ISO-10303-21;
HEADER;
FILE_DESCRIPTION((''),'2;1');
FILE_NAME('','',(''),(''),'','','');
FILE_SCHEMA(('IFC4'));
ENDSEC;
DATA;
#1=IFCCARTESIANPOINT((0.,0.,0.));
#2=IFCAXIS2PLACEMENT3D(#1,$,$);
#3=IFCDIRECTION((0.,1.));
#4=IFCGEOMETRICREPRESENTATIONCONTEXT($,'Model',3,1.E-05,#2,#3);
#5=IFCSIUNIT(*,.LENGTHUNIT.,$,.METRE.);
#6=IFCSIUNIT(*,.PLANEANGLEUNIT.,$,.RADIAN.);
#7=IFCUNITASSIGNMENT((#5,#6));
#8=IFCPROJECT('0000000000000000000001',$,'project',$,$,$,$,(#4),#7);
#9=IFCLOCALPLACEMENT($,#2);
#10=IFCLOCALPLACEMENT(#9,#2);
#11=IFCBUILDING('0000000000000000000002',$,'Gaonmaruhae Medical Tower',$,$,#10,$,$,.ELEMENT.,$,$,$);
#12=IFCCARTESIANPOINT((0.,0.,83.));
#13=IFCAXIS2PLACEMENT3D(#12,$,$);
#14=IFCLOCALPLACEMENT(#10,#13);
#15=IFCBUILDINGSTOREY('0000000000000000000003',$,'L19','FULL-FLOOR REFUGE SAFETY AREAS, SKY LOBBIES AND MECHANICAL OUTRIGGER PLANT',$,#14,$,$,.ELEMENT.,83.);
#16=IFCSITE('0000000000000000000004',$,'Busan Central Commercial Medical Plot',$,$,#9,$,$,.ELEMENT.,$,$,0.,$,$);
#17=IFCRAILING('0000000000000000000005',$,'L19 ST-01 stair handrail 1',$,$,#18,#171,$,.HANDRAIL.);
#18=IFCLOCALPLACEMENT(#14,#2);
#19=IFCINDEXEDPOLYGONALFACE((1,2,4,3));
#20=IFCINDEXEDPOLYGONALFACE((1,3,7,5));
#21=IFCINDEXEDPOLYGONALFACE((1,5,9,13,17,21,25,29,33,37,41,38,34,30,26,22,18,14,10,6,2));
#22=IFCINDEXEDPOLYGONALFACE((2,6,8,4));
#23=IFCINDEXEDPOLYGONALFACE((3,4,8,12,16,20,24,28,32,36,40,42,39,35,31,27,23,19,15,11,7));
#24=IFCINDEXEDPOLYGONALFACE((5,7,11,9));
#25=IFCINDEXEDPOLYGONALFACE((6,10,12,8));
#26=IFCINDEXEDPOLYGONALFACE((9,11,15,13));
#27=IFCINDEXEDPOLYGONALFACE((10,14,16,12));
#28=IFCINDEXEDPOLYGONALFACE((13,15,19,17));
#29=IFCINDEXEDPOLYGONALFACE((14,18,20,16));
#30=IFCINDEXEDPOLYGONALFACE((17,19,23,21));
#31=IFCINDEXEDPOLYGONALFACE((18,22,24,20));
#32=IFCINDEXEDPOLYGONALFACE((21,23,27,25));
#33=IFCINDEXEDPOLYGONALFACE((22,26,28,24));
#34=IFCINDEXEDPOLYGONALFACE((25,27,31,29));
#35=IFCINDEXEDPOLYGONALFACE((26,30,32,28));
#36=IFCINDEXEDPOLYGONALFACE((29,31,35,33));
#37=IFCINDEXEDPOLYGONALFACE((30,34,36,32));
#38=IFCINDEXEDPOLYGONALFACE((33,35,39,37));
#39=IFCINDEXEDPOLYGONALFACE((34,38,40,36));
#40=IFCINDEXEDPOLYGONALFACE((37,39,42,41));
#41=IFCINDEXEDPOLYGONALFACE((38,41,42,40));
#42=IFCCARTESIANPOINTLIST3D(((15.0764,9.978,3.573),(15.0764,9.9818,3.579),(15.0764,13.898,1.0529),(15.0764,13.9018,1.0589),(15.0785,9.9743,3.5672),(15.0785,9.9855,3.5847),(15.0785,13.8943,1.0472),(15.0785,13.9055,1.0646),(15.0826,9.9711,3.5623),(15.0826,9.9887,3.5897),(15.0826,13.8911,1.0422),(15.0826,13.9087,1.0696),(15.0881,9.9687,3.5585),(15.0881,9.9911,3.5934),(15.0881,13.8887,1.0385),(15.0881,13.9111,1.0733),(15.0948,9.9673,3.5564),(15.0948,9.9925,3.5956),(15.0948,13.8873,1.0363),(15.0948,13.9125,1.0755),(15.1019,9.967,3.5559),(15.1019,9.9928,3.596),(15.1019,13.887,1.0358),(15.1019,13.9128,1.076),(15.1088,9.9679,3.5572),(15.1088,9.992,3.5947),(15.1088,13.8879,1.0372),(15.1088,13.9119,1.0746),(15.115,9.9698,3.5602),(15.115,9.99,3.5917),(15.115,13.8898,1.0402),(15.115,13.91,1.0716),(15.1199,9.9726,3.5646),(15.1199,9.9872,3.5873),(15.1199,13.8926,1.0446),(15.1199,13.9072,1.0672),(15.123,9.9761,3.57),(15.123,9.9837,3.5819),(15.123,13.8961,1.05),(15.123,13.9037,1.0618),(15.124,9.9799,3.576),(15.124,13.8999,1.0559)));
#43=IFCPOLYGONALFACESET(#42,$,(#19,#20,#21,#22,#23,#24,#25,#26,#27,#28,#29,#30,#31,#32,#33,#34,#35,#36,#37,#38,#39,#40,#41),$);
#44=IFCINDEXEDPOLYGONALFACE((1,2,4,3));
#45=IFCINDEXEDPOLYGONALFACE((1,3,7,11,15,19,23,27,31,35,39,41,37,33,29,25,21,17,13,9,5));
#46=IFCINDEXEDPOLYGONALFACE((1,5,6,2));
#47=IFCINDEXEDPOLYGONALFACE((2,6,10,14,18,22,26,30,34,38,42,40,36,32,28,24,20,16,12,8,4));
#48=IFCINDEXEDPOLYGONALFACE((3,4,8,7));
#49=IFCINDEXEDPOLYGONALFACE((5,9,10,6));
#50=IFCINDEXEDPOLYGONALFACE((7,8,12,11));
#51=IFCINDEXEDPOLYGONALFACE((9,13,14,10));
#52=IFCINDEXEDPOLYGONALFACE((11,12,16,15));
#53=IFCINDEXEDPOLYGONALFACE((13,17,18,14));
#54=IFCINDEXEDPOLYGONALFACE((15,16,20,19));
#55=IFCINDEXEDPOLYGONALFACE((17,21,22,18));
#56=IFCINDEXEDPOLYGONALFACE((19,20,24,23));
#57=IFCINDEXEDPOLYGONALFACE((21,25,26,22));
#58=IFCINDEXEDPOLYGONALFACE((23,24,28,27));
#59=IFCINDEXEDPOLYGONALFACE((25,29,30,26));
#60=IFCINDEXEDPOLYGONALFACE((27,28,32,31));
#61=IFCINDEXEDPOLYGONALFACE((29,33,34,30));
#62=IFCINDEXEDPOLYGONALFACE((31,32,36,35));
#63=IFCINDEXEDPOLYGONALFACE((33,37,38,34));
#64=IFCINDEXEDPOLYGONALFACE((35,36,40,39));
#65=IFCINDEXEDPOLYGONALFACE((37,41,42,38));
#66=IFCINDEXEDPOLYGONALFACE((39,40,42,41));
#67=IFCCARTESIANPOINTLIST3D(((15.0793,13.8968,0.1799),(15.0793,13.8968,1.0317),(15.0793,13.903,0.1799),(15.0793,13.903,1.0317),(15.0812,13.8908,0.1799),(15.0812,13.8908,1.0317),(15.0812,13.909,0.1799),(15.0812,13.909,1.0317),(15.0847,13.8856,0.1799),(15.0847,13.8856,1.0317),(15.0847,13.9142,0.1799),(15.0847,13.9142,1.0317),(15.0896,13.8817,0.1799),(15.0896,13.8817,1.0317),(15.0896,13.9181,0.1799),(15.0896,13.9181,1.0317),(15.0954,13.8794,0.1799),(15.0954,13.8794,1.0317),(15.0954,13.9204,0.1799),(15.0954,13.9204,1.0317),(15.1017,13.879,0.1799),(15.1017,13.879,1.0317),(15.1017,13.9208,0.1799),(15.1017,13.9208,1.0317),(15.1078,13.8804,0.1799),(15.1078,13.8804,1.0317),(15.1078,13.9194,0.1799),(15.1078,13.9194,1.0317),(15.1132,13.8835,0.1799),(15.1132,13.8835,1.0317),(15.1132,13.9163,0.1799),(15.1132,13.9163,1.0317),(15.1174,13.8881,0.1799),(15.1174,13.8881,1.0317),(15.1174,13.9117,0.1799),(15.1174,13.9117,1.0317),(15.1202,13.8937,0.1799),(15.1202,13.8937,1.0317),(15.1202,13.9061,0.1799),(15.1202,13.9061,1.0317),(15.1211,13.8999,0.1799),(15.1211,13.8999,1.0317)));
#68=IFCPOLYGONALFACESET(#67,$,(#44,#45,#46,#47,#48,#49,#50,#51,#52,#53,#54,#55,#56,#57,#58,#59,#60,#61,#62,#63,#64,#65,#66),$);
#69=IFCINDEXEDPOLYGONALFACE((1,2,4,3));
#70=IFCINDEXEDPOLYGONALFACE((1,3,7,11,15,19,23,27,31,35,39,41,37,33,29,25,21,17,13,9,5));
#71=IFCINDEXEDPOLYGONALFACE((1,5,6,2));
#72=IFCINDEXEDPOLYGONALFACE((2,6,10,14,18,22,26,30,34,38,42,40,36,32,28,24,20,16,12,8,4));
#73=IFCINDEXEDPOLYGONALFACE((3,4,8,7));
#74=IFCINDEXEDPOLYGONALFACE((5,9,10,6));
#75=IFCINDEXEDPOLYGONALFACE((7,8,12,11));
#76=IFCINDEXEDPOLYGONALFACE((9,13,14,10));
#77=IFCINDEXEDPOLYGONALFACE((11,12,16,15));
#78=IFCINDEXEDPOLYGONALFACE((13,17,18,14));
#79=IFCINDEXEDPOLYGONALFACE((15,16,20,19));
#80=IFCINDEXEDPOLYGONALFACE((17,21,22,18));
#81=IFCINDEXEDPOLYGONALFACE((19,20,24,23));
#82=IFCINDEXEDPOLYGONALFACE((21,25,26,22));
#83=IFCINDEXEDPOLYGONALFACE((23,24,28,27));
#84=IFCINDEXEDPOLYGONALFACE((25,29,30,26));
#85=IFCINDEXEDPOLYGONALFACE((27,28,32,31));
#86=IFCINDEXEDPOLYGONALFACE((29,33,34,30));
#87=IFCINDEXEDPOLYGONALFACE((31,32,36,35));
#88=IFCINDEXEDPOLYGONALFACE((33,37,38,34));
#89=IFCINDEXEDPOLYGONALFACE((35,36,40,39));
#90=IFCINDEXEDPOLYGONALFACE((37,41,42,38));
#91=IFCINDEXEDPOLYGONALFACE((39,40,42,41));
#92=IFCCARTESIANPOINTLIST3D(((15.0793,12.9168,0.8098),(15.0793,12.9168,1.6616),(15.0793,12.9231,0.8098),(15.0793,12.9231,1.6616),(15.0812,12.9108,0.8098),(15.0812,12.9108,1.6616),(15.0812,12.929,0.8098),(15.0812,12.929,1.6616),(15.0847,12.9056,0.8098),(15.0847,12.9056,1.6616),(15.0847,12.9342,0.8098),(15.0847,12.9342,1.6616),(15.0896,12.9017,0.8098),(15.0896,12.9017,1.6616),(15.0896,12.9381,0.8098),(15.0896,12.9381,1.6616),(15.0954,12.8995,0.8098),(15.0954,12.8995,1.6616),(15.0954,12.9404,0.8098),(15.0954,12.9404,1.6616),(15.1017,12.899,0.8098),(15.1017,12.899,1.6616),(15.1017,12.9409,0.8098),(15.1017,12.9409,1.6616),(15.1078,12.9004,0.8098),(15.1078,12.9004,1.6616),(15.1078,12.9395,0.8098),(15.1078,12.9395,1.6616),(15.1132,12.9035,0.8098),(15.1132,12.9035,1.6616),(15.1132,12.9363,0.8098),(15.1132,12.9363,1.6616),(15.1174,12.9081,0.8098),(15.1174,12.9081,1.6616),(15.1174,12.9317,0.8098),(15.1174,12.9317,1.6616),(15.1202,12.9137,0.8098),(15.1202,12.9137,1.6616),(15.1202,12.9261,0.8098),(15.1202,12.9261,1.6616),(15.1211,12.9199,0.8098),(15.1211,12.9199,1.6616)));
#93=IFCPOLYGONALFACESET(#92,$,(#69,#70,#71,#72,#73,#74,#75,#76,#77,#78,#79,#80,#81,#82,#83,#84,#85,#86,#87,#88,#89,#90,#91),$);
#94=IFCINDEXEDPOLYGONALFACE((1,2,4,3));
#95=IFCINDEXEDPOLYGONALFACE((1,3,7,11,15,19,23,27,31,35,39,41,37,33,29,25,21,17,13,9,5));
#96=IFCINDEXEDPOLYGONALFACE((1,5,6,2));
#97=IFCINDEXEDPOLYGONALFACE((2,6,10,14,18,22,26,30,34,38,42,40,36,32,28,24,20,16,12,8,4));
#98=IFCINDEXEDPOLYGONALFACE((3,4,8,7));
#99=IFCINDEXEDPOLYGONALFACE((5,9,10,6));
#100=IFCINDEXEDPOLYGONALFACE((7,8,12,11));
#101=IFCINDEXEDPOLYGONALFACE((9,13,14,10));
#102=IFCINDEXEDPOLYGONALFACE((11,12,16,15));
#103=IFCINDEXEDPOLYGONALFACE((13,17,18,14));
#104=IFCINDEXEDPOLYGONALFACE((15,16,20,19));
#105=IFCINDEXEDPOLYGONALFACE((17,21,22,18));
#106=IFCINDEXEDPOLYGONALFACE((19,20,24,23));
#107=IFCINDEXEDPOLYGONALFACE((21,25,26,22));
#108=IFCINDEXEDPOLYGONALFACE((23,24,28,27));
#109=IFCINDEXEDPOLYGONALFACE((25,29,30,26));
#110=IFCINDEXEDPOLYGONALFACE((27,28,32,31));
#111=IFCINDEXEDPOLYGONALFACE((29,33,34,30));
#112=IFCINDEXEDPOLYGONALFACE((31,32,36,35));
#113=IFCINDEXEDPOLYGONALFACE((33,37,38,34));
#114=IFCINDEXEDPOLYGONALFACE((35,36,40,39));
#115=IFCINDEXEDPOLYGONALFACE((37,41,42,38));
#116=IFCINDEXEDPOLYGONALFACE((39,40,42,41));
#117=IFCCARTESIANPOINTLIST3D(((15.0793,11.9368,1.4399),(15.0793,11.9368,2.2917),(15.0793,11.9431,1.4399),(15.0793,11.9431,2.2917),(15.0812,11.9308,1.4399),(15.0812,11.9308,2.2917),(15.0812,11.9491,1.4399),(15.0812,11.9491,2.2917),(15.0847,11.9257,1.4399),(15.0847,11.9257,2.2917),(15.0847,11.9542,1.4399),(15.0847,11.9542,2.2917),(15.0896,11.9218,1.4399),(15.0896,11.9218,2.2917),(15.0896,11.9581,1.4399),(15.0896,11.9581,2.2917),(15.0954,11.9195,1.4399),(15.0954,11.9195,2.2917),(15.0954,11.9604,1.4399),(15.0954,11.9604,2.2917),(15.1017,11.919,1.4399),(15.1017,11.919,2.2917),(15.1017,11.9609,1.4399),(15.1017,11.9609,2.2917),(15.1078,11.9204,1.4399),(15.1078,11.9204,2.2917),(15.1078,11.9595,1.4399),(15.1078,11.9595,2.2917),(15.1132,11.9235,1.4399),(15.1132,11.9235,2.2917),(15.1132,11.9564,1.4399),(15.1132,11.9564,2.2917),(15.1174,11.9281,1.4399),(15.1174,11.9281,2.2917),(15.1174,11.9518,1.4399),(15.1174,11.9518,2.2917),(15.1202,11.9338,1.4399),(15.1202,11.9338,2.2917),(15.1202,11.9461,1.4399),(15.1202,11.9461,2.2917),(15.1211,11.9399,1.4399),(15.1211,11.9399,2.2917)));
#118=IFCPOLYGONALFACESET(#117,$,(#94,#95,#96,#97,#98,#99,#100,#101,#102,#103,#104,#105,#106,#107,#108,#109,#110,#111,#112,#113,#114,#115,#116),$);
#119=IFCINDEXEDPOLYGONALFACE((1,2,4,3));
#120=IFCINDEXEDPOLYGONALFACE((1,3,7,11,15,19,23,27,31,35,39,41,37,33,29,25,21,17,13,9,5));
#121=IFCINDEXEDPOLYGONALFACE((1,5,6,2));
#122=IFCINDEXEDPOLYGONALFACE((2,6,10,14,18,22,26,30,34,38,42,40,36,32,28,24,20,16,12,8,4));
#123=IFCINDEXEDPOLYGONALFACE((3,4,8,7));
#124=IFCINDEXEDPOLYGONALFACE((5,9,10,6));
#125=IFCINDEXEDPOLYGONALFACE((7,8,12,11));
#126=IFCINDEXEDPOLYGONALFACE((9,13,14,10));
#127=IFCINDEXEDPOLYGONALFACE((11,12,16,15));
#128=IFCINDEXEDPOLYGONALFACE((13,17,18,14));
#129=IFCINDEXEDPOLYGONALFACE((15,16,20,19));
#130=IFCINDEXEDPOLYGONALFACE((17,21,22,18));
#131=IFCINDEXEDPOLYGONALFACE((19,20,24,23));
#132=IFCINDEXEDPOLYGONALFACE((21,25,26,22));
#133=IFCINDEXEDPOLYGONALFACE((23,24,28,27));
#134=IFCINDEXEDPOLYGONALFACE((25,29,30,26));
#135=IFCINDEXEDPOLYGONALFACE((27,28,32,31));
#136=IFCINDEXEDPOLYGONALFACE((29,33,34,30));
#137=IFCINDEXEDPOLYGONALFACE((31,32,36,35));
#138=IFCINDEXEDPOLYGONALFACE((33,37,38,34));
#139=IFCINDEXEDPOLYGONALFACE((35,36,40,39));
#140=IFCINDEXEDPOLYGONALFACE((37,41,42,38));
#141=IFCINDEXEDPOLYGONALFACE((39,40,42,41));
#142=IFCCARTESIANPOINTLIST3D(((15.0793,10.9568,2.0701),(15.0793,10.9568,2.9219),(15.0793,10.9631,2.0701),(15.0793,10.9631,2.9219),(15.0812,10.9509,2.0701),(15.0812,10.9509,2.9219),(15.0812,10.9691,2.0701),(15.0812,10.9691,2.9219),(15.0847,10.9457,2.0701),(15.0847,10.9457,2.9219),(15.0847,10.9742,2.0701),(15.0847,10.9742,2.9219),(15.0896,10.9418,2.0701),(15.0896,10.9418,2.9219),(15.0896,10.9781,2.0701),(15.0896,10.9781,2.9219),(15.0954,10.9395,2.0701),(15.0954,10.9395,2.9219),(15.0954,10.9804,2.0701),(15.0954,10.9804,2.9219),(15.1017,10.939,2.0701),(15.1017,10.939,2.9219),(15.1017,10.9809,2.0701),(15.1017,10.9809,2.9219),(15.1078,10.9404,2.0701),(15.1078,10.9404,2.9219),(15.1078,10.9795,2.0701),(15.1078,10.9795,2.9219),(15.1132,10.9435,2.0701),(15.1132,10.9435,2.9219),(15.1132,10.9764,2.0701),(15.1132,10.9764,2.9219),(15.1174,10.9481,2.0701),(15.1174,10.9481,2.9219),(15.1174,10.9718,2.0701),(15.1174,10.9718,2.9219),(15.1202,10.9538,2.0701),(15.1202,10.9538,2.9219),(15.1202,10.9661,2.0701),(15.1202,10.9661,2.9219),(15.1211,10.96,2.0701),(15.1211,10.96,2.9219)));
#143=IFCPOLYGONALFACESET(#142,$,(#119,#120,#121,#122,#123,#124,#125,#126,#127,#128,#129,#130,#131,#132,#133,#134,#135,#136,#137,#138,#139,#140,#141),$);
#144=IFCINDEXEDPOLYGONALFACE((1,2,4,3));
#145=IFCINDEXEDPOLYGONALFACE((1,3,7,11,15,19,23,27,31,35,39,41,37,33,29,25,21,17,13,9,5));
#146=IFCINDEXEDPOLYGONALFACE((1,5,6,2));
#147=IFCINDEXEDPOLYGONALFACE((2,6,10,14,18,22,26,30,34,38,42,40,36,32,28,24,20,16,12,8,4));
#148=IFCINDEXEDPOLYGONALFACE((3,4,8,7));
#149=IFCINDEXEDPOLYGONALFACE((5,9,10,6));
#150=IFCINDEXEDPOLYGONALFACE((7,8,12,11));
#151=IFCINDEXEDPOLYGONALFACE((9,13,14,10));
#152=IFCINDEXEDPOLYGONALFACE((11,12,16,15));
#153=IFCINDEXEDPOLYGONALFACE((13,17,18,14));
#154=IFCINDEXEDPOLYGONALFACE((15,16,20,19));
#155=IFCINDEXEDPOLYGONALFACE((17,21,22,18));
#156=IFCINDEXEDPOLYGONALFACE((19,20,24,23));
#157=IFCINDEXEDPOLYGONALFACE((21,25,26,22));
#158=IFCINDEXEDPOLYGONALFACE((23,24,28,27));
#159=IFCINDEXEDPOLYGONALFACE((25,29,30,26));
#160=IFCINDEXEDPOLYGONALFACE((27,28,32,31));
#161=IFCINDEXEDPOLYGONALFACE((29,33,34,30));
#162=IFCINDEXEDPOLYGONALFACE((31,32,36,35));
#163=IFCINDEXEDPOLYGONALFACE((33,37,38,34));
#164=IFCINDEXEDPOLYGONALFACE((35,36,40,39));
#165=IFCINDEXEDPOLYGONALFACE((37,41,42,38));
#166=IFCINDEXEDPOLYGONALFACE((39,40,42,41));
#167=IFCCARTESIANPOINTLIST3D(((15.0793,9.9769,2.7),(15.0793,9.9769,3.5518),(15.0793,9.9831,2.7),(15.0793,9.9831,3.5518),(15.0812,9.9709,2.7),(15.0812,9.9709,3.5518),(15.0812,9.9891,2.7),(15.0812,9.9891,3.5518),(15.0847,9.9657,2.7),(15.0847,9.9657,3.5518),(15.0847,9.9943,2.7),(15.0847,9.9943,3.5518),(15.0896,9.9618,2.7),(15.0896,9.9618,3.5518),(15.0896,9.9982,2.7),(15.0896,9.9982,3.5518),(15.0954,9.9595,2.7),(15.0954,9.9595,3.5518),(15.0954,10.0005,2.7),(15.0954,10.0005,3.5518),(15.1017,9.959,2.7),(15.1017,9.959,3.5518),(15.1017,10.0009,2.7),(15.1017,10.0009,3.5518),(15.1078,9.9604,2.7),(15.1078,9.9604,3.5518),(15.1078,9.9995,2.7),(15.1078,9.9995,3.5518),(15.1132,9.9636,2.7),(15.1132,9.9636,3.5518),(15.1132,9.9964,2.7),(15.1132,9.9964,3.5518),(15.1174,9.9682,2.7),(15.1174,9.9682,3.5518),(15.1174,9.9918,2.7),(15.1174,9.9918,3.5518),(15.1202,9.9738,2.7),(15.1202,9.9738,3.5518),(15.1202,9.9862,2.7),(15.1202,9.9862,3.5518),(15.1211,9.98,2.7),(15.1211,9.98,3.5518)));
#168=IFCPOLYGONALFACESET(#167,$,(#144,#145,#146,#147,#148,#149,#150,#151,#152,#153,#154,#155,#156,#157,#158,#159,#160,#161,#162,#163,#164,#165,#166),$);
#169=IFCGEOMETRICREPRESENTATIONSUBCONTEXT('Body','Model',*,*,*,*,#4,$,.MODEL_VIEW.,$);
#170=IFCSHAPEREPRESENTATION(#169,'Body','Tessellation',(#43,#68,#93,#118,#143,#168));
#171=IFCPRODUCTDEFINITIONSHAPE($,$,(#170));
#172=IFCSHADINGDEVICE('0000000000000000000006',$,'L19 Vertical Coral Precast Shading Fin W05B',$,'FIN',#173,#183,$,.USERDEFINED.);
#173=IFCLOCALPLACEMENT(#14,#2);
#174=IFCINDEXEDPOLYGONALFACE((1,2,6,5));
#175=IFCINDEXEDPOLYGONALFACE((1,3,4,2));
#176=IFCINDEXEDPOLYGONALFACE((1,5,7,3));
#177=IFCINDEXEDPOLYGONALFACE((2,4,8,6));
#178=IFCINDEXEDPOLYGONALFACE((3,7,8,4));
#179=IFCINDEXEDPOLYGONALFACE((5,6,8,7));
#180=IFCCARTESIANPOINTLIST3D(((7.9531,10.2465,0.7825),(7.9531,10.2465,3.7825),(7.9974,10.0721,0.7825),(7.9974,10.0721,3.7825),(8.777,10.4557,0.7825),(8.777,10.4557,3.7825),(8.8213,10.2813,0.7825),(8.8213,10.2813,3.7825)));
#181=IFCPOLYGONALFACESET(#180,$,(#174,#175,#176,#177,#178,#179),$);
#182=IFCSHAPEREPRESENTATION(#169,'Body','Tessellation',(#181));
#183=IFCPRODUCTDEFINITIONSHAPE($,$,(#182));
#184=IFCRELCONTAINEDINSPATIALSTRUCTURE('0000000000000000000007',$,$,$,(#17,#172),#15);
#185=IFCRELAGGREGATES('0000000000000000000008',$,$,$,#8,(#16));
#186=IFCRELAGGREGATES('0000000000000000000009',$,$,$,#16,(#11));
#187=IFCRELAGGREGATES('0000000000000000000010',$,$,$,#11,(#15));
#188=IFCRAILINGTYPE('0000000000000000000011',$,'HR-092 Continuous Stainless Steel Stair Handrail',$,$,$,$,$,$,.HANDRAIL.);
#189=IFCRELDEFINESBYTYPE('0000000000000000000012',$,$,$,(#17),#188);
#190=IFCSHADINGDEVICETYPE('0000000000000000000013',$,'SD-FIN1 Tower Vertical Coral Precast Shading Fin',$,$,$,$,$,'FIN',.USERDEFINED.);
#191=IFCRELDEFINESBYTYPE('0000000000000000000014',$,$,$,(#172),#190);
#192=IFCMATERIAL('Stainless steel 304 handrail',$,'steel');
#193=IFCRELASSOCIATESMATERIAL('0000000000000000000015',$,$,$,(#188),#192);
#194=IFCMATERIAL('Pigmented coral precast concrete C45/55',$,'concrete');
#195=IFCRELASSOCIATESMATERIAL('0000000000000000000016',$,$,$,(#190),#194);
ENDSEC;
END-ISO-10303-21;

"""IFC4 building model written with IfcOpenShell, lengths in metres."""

from ifc_helpers import new_model, si_unit, direction, frame, origin, origin_2d, place, context, subcontext, project, spatial, rectangle, circle, extrude, material, type_object, element, save


model = new_model("IFC4")

# Units and contexts
model_context = context("Model", 3, precision=1e-05, world=origin(), true_north=direction((0.0, 1.0)))
body_context = subcontext(model_context, "Body", "Model", "MODEL_VIEW")
ifc_project = project(units=[si_unit("LENGTHUNIT", "METRE"), si_unit("PLANEANGLEUNIT", "RADIAN")], contexts=[model_context])

# Site, building, storey
site_placement = place(None, origin())
site = spatial("IfcSite", under=ifc_project, at=site_placement, Name="Busan Central Commercial Medical Plot", CompositionType="ELEMENT", RefElevation=0.0)
building_placement = place(site_placement, origin())
building = spatial("IfcBuilding", under=site, at=building_placement, Name="Gaonmaruhae Medical Tower", CompositionType="ELEMENT")
storey_placement = place(building_placement, frame((0.0, 0.0, 83.0)))
storey = spatial("IfcBuildingStorey", under=building, at=storey_placement, Name="L19", Description="FULL-FLOOR REFUGE SAFETY AREAS, SKY LOBBIES AND MECHANICAL OUTRIGGER PLANT", CompositionType="ELEMENT", Elevation=83.0)

# Railing
ifc_material_1 = material(Name="Stainless steel 304 handrail", Category="steel")
railing_type_1 = type_object("IfcRailingType", Name="HR-092 Continuous Stainless Steel Stair Handrail", PredefinedType="HANDRAIL", material=ifc_material_1)
railing_1_placement = place(storey_placement, frame((15.1001, 13.8999, 0.1799)))
element("IfcRailing", 1, at=railing_1_placement, inside=storey, type_object=railing_type_1, Name="L19 ST-01 stair handrail 1", PredefinedType="HANDRAIL", context=body_context, shape_type="SweptSolid", body=[
    extrude(circle(Radius=0.0239, at=origin_2d()), frame((0.0, 0.0, 0.876), z_axis=(0.0, -0.841172, 0.540768), x_axis=(1.0, 0.0, 0.0)), (0.0, 0.0, 1.0), 4.6602),
    extrude(circle(Radius=0.021, at=origin_2d()), origin(), (0.0, 0.0, 1.0), 0.8518),
    extrude(circle(Radius=0.021, at=origin_2d()), frame((0.0, -0.98, 0.6299)), (0.0, 0.0, 1.0), 0.8518),
    extrude(circle(Radius=0.021, at=origin_2d()), frame((0.0, -1.96, 1.26)), (0.0, 0.0, 1.0), 0.8518),
    extrude(circle(Radius=0.021, at=origin_2d()), frame((0.0, -2.9399, 1.8901)), (0.0, 0.0, 1.0), 0.8518),
    extrude(circle(Radius=0.021, at=origin_2d()), frame((0.0, -3.9199, 2.52)), (0.0, 0.0, 1.0), 0.8518),
])

# Shading device
ifc_material_2 = material(Name="Pigmented coral precast concrete C45/55", Category="concrete")
shading_device_type = type_object("IfcShadingDeviceType", Name="SD-FIN1 Tower Vertical Coral Precast Shading Fin", ElementType="FIN", PredefinedType="USERDEFINED", material=ifc_material_2)
shading_device_placement = place(storey_placement, frame((8.3872, 10.2639, 0.7825), z_axis=(0.0, 0.0, 1.0), x_axis=(-0.246153, 0.969231, 0.0)))
element("IfcShadingDevice", 2, at=shading_device_placement, inside=storey, type_object=shading_device_type, Name="L19 Vertical Coral Precast Shading Fin W05B", ObjectType="FIN", PredefinedType="USERDEFINED", context=body_context, shape_type="SweptSolid", body=[
    extrude(rectangle(XDim=0.1799, YDim=0.8501, at=origin_2d()), origin(), (0.0, 0.0, 1.0), 3.0),
])

save(model, "model.ifc")
